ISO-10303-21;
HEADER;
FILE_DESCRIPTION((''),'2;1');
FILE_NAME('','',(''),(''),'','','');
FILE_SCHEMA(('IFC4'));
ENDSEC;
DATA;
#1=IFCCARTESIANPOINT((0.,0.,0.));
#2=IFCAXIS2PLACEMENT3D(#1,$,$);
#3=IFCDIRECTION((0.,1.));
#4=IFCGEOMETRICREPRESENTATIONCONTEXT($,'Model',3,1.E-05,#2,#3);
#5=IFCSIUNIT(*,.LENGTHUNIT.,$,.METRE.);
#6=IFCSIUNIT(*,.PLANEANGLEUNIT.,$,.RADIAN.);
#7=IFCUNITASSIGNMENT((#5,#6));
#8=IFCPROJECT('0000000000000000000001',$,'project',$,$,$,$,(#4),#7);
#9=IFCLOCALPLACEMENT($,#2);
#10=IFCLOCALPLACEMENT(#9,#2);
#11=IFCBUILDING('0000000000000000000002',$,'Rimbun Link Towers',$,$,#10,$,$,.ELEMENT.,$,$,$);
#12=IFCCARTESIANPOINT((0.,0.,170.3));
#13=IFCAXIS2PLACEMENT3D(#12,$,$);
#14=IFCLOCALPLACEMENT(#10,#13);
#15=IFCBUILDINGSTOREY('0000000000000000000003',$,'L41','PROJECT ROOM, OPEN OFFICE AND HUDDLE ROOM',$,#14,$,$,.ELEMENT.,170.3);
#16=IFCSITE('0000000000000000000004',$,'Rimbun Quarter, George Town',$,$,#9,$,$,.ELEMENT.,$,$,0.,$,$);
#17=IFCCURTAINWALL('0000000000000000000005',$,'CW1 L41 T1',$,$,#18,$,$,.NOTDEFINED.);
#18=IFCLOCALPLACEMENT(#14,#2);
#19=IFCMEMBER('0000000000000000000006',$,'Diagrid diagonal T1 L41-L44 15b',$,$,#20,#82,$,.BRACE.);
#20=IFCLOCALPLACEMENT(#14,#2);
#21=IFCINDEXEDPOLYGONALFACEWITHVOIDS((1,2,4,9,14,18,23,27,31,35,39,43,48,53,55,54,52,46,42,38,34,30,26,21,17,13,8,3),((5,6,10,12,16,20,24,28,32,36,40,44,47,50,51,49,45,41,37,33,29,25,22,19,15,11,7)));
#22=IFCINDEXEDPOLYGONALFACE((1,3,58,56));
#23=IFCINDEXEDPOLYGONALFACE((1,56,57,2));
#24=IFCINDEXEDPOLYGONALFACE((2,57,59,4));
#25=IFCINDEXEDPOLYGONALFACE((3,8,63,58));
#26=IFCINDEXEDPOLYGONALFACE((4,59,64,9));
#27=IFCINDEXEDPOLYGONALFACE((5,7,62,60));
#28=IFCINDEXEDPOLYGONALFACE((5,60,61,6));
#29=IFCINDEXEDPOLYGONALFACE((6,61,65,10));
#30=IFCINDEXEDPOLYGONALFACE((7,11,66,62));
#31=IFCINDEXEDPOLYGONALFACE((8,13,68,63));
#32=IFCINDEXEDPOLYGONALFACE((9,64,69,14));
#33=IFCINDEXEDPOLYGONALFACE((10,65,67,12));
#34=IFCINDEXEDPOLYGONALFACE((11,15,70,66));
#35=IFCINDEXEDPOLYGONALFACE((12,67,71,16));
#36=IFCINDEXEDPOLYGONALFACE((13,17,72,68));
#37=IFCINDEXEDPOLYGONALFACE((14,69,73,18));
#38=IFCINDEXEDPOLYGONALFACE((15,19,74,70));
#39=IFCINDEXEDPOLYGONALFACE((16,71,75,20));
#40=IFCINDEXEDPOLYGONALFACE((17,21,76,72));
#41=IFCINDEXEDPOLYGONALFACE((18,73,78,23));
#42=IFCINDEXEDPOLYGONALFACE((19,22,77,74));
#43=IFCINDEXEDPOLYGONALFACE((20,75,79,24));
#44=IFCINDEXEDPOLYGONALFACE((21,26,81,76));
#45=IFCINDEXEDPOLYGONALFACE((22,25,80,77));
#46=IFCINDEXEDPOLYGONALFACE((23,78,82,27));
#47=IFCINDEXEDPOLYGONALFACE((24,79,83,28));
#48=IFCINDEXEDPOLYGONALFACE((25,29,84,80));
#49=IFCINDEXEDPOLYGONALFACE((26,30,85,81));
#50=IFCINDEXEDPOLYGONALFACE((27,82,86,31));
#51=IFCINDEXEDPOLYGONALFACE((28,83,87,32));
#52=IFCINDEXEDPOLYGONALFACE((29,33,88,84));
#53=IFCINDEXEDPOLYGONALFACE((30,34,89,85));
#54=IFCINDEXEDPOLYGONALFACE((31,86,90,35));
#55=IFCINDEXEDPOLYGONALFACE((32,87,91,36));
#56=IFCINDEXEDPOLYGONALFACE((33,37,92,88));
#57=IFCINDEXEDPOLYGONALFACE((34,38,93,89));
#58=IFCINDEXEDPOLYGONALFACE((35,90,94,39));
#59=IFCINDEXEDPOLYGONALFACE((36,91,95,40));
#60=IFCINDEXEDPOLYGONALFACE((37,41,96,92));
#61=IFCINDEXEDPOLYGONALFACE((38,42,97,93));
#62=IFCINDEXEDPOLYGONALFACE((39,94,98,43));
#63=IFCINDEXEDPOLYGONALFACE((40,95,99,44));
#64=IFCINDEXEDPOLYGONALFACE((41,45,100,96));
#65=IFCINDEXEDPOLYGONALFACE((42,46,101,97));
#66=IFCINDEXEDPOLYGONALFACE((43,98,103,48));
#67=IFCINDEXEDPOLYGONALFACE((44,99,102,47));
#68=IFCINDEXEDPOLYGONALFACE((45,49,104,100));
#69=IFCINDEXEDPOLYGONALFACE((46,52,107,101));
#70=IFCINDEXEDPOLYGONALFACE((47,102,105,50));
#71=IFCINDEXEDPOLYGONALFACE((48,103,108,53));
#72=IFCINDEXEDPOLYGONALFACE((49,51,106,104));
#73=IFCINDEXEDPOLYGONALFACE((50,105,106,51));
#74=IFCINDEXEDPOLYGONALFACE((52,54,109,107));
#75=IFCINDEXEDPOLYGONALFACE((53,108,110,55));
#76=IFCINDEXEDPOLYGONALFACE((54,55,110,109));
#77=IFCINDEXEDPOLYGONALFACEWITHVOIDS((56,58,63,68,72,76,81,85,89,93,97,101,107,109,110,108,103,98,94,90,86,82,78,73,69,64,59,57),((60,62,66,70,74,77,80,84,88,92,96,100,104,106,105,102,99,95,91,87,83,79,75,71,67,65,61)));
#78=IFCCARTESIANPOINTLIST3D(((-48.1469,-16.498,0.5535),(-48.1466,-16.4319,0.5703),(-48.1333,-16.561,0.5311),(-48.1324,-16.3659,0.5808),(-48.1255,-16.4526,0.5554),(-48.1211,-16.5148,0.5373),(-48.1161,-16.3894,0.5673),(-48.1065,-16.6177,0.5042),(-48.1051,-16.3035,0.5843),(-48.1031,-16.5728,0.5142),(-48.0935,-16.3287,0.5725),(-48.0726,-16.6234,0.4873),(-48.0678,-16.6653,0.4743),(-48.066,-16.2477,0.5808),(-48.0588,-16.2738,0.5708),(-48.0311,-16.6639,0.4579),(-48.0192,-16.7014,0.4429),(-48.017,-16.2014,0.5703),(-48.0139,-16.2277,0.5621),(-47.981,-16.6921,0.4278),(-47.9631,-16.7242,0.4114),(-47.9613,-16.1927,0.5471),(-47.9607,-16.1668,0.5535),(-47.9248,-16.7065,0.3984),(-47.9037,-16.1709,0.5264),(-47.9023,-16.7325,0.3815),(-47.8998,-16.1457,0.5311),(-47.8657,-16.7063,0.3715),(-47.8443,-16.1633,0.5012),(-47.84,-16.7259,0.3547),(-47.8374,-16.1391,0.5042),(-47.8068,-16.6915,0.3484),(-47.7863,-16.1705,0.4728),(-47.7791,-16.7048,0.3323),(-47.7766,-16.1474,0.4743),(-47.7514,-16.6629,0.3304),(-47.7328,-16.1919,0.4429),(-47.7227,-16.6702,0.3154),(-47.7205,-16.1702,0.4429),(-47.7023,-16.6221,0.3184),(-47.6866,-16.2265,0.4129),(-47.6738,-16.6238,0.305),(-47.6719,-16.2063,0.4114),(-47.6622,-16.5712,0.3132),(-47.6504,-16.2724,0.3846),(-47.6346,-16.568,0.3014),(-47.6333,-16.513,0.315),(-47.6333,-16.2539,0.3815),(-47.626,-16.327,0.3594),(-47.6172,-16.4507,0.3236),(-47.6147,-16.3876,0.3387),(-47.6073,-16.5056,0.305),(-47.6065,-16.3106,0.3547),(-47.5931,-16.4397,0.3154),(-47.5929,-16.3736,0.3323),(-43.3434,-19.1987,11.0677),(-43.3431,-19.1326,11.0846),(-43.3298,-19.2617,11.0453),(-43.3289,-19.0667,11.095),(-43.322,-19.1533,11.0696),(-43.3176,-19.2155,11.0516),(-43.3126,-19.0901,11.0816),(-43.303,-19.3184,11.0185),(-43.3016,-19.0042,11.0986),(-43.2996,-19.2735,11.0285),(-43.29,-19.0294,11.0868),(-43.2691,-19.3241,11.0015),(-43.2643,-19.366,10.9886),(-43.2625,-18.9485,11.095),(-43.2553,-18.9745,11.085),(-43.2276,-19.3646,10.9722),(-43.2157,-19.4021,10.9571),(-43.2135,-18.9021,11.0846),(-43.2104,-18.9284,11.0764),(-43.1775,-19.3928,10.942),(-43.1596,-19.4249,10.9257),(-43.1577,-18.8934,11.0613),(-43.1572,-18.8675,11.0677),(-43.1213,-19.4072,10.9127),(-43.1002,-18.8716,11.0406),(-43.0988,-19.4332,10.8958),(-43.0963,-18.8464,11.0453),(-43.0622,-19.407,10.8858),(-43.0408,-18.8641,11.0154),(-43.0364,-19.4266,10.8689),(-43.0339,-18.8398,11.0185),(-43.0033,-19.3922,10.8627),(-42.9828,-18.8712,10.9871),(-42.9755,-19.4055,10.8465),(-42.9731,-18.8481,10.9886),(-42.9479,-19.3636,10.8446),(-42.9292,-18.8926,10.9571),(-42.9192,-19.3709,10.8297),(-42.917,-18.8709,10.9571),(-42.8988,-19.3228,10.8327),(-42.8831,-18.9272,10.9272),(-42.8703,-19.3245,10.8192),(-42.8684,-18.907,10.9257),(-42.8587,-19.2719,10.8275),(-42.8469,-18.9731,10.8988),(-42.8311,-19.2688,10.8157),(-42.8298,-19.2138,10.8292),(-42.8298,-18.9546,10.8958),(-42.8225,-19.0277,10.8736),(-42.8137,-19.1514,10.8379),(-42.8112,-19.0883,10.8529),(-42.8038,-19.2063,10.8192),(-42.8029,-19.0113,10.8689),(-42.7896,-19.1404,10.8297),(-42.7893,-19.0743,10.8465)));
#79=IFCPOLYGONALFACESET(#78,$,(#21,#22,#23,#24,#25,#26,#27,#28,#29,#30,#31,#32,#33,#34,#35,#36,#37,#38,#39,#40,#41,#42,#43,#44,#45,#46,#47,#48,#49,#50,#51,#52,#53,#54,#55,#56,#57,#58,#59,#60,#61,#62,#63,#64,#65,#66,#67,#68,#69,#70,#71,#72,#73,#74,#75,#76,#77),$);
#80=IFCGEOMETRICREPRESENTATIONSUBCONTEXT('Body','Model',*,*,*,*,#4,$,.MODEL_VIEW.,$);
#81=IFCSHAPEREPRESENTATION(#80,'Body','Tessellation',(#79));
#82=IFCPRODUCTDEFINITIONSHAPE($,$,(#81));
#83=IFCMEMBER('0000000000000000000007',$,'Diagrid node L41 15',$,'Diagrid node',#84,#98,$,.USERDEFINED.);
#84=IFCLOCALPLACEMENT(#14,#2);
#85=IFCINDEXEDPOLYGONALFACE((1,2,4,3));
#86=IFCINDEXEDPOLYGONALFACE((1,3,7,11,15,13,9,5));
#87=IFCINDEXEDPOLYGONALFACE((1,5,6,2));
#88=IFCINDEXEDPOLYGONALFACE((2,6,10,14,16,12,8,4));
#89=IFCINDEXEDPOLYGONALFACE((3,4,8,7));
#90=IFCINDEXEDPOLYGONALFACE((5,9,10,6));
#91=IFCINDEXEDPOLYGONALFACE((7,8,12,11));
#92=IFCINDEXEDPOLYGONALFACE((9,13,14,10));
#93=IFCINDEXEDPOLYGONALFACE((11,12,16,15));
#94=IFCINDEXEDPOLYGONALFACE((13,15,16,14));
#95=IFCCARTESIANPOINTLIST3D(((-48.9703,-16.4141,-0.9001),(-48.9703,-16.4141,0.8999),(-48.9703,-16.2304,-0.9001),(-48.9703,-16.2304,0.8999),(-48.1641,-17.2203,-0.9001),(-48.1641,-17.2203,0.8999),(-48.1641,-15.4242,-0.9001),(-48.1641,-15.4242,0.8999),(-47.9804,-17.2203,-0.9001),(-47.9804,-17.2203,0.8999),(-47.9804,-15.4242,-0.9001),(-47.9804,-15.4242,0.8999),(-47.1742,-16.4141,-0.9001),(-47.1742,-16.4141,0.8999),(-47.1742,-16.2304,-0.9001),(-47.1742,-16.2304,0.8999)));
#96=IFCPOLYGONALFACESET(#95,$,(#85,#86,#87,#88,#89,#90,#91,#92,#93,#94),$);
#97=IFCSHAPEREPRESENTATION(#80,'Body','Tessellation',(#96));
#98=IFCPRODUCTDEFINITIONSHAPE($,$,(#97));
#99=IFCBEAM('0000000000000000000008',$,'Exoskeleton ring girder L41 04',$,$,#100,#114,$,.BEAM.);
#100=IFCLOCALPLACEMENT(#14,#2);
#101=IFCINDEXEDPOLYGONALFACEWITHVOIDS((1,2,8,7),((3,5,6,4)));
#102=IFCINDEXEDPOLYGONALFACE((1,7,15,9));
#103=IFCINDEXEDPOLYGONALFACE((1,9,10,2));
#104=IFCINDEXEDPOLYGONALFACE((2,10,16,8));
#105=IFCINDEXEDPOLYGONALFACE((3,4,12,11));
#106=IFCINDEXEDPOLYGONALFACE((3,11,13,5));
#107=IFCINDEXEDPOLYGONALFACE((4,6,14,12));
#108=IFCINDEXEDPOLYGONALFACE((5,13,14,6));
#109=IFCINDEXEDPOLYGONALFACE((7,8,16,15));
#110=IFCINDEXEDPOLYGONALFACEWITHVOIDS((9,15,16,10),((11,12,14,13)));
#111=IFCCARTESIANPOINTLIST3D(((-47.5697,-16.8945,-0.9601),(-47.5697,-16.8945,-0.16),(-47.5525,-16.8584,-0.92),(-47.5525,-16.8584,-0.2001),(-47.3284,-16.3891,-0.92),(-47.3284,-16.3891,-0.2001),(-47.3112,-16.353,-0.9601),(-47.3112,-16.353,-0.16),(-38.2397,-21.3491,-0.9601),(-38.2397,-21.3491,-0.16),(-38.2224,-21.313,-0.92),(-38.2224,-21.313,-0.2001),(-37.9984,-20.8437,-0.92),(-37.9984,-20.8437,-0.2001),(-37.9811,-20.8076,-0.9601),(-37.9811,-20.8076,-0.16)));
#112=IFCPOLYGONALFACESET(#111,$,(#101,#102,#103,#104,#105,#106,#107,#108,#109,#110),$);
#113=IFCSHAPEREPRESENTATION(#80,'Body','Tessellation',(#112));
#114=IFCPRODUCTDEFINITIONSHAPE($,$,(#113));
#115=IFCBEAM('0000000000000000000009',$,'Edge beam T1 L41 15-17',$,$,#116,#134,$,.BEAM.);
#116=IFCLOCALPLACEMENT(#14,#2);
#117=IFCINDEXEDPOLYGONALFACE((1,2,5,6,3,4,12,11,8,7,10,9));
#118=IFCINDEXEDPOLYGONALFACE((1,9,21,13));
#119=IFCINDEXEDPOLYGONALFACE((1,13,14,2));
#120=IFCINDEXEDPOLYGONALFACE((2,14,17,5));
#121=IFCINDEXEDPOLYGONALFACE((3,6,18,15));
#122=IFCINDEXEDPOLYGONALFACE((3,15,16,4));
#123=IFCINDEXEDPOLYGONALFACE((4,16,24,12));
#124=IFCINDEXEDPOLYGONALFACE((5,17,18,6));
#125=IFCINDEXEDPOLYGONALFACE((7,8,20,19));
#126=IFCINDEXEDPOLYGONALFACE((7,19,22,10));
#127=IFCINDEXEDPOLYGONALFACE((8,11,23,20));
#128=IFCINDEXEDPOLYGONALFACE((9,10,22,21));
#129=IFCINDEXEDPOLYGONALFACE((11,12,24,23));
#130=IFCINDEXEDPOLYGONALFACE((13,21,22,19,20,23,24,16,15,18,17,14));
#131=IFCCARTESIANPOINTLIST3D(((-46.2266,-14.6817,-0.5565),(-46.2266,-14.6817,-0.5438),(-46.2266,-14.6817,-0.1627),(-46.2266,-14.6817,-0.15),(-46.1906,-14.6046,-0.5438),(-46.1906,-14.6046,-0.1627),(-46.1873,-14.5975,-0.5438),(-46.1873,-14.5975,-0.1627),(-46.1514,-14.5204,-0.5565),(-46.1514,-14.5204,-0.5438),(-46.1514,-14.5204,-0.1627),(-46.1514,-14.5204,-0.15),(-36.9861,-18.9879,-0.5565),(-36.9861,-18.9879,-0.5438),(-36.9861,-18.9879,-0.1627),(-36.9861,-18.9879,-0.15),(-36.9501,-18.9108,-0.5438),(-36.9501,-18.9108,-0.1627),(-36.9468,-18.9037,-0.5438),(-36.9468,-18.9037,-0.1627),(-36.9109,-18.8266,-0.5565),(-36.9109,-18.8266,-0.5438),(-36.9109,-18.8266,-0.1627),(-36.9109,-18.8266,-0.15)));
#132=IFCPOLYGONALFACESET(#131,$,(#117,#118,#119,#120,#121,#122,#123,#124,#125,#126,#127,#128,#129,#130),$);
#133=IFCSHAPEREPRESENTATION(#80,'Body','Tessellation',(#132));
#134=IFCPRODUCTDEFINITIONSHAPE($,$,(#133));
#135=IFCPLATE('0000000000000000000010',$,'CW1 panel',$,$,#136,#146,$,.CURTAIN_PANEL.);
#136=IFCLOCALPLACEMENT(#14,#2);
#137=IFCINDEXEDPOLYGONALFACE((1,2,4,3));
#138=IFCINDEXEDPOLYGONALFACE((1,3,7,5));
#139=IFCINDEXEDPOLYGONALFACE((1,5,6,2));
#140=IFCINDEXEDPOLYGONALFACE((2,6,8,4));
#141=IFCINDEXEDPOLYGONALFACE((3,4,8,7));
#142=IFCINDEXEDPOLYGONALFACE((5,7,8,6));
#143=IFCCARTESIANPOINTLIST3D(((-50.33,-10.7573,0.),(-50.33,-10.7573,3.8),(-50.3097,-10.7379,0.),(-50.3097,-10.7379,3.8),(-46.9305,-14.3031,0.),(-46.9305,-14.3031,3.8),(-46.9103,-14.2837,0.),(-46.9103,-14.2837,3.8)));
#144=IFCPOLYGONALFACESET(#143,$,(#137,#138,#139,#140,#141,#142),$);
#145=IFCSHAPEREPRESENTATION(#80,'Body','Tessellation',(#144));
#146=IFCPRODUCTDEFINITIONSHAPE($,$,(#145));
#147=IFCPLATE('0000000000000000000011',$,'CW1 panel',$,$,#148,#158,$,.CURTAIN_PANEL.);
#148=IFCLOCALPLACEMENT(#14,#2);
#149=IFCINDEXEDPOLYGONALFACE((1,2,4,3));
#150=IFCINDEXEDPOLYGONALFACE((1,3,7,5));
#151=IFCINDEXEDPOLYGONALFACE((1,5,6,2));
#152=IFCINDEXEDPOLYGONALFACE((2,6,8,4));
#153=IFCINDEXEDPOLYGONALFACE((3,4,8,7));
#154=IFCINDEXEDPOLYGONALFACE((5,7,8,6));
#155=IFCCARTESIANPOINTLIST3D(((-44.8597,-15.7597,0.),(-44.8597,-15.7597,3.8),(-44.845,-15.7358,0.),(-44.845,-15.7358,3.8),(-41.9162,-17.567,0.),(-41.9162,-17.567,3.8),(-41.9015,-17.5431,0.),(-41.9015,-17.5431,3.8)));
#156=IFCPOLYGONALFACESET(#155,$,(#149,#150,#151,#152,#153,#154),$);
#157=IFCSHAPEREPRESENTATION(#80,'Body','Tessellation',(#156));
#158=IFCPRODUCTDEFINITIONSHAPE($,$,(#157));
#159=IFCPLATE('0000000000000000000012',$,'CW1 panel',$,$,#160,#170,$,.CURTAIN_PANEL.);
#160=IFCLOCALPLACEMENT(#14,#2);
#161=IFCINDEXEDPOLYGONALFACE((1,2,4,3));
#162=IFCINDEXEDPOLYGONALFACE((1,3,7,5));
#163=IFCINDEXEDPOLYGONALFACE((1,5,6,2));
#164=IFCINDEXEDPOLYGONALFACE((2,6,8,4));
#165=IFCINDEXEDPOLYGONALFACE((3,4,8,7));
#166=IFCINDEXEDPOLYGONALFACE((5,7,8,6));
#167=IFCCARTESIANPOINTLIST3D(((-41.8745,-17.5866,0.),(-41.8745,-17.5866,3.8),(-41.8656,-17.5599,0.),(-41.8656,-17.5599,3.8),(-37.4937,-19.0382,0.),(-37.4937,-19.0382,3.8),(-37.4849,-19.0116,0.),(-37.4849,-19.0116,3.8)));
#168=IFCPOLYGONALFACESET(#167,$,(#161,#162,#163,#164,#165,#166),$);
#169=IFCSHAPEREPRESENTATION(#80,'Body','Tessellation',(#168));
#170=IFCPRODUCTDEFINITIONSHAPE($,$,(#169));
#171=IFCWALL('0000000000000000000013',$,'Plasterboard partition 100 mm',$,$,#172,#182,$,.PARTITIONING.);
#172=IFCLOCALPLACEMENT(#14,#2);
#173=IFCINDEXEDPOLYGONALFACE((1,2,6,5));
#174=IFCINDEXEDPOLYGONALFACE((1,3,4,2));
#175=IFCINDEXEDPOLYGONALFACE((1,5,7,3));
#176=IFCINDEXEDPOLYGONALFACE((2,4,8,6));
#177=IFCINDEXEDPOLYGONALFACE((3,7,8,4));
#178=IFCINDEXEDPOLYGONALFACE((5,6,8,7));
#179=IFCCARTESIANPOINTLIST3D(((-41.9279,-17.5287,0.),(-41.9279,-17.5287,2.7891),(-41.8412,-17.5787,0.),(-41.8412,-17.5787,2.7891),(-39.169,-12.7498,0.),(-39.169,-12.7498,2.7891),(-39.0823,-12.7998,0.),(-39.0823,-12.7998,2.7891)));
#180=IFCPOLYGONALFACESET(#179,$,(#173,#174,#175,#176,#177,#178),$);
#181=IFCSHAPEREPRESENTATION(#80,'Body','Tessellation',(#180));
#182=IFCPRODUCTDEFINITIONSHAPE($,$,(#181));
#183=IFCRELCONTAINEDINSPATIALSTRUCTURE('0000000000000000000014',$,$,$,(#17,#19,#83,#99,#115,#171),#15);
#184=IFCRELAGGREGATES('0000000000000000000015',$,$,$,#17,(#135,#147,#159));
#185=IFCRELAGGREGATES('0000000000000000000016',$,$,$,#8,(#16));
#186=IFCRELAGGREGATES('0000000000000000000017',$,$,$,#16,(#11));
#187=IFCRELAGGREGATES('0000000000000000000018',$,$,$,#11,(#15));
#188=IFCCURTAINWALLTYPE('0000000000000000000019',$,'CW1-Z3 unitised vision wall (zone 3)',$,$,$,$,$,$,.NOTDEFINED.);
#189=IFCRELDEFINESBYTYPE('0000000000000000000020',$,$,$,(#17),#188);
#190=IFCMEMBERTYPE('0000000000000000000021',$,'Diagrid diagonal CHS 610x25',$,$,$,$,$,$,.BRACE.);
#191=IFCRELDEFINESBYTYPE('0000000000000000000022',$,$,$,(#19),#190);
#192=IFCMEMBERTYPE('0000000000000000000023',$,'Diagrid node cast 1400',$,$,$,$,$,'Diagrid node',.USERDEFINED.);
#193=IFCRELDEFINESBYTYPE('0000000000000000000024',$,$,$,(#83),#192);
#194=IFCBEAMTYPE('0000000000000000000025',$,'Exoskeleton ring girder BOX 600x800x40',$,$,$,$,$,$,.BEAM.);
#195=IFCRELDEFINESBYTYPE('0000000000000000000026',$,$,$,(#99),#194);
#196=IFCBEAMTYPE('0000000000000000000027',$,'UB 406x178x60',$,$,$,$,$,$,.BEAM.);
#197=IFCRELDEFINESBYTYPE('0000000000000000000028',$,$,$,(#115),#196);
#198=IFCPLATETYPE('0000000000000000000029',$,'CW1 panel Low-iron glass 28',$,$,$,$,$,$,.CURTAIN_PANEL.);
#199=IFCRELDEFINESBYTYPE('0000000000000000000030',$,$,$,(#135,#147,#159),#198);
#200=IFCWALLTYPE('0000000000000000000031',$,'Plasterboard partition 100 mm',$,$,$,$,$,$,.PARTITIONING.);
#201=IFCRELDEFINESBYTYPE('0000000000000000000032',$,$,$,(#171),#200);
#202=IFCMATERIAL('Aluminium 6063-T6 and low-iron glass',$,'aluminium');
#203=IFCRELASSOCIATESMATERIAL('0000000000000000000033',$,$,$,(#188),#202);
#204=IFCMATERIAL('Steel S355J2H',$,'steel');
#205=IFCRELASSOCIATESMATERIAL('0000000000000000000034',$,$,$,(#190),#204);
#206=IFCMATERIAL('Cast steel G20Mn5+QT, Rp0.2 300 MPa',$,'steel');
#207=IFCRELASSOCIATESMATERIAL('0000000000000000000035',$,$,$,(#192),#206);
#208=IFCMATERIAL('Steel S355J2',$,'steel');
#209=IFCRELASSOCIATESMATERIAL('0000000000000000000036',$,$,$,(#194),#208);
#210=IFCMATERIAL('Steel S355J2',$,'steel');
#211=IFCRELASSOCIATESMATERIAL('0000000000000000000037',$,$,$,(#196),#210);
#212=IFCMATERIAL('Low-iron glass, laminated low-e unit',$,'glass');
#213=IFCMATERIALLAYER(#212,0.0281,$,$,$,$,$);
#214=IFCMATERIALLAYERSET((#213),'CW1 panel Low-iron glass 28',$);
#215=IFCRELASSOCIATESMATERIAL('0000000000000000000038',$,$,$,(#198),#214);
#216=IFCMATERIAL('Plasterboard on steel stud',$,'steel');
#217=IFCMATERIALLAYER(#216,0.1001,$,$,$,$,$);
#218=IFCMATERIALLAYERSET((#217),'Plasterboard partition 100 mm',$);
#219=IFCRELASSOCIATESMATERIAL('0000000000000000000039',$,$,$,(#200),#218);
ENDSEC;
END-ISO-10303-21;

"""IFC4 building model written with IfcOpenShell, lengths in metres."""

from ifc_helpers import new_model, si_unit, direction, frame, frame_2d, origin, origin_2d, place, context, subcontext, project, spatial, polyline, rectangle, hollow_rectangle, hollow_circle, i_section, outline, extrude, material, layer, layer_set, material_profile, profile_set, type_object, element, aggregate, save


model = new_model("IFC4")

# Units and contexts
model_context = context("Model", 3, precision=1e-05, world=origin(), true_north=direction((0.0, 1.0)))
body_context = subcontext(model_context, "Body", "Model", "MODEL_VIEW")
ifc_project = project(units=[si_unit("LENGTHUNIT", "METRE"), si_unit("PLANEANGLEUNIT", "RADIAN")], contexts=[model_context])

# Site, building, storey
site_placement = place(None, origin())
site = spatial("IfcSite", under=ifc_project, at=site_placement, Name="Rimbun Quarter, George Town", CompositionType="ELEMENT", RefElevation=0.0)
building_placement = place(site_placement, origin())
building = spatial("IfcBuilding", under=site, at=building_placement, Name="Rimbun Link Towers", CompositionType="ELEMENT")
storey_placement = place(building_placement, frame((0.0, 0.0, 170.3)))
storey = spatial("IfcBuildingStorey", under=building, at=storey_placement, Name="L41", Description="PROJECT ROOM, OPEN OFFICE AND HUDDLE ROOM", CompositionType="ELEMENT", Elevation=170.3)

# Curtain wall
ifc_material_1 = material(Name="Aluminium 6063-T6 and low-iron glass", Category="aluminium")
curtain_wall_type = type_object("IfcCurtainWallType", Name="CW1-Z3 unitised vision wall (zone 3)", PredefinedType="NOTDEFINED", material=ifc_material_1)
curtain_wall_placement = place(storey_placement, origin())
curtain_wall = element("IfcCurtainWall", 1, at=curtain_wall_placement, inside=storey, type_object=curtain_wall_type, Name="CW1 L41 T1", PredefinedType="NOTDEFINED")

# Members
ifc_material_2 = material(Name="Steel S355J2H", Category="steel")
ifc_material_profile_1 = material_profile(ifc_material_2, hollow_circle(Radius=0.3047, WallThickness=0.0249, at=origin_2d()), Name="Diagrid diagonal CHS 610x25")
ifc_profile_set_1 = profile_set([ifc_material_profile_1], Name="Steel S355J2H")
member_type_1 = type_object("IfcMemberType", Name="Diagrid diagonal CHS 610x25", PredefinedType="BRACE", material=ifc_profile_set_1)
member_1_placement = place(storey_placement, frame((-47.8699, -16.4358, 0.4429), z_axis=(0.404648, -0.227508, 0.88572), x_axis=(0.490087, 0.871674, 0.0)))
element("IfcMember", 2, at=member_1_placement, inside=storey, type_object=member_type_1, Name="Diagrid diagonal T1 L41-L44 15b", PredefinedType="BRACE", context=body_context, shape_type="SweptSolid", body=[
    extrude(hollow_circle(Radius=0.3047, WallThickness=0.0249, at=origin_2d()), origin(), (0.0, 0.0, 1.0), 11.8708),
])
ifc_material_3 = material(Name="Cast steel G20Mn5+QT, Rp0.2 300 MPa", Category="steel")
ifc_material_profile_2 = material_profile(ifc_material_3, outline(polyline([(0.7, -0.5701), (0.7, 0.5701), (0.5701, 0.7), (-0.5701, 0.7), (-0.7, 0.5701), (-0.7, -0.5701), (-0.5701, -0.7), (0.5701, -0.7), (0.7, -0.5701)])), Name="NODE 1400x1400")
ifc_profile_set_2 = profile_set([ifc_material_profile_2], Name="Cast steel G20Mn5+QT, Rp0.2 300 MPa")
member_type_2 = type_object("IfcMemberType", Name="Diagrid node cast 1400", ElementType="Diagrid node", PredefinedType="USERDEFINED", material=ifc_profile_set_2)
member_2_placement = place(storey_placement, frame((-48.0723, -16.3223, -0.9001), z_axis=(0.0, 0.0, 1.0), x_axis=(-0.707107, -0.707107, 0.0)))
element("IfcMember", 3, at=member_2_placement, inside=storey, type_object=member_type_2, Name="Diagrid node L41 15", ObjectType="Diagrid node", PredefinedType="USERDEFINED", context=body_context, shape_type="SweptSolid", body=[
    extrude(outline(polyline([(0.7, -0.5701), (0.7, 0.5701), (0.5701, 0.7), (-0.5701, 0.7), (-0.7, 0.5701), (-0.7, -0.5701), (-0.5701, -0.7), (0.5701, -0.7), (0.7, -0.5701)])), origin(), (0.0, 0.0, 1.0), 1.8),
])

# Beams
ifc_material_4 = material(Name="Steel S355J2", Category="steel")
ifc_material_profile_3 = material_profile(ifc_material_4, hollow_rectangle(XDim=0.6001, YDim=0.8, WallThickness=0.04, at=origin_2d()), Name="Exoskeleton ring girder BOX 600x800x40")
ifc_profile_set_3 = profile_set([ifc_material_profile_3], Name="Steel S355J2")
beam_type_1 = type_object("IfcBeamType", Name="Exoskeleton ring girder BOX 600x800x40", PredefinedType="BEAM", material=ifc_profile_set_3)
beam_1_placement = place(storey_placement, frame((-47.4404, -16.6238, -0.5601), z_axis=(0.902421, -0.430855, 0.0), x_axis=(0.430855, 0.902421, 0.0)))
element("IfcBeam", 4, at=beam_1_placement, inside=storey, type_object=beam_type_1, Name="Exoskeleton ring girder L41 04", PredefinedType="BEAM", context=body_context, shape_type="SweptSolid", body=[
    extrude(hollow_rectangle(XDim=0.6001, YDim=0.8, WallThickness=0.04, at=origin_2d()), origin(), (0.0, 0.0, 1.0), 10.3389),
])
ifc_material_5 = material(Name="Steel S355J2", Category="steel")
ifc_material_profile_4 = material_profile(ifc_material_5, i_section(OverallWidth=0.178, OverallDepth=0.4065, WebThickness=0.0078, FlangeThickness=0.0127, at=origin_2d()), Name="UB 406x178x60")
ifc_profile_set_4 = profile_set([ifc_material_profile_4], Name="Steel S355J2")
beam_type_2 = type_object("IfcBeamType", Name="UB 406x178x60", PredefinedType="BEAM", material=ifc_profile_set_4)
beam_2_placement = place(storey_placement, frame((-46.189, -14.6011, -0.3533), z_axis=(0.906411, -0.422396, 0.0), x_axis=(0.422396, 0.906411, 0.0)))
element("IfcBeam", 5, at=beam_2_placement, inside=storey, type_object=beam_type_2, Name="Edge beam T1 L41 15-17", PredefinedType="BEAM", context=body_context, shape_type="SweptSolid", body=[
    extrude(i_section(OverallWidth=0.178, OverallDepth=0.4065, WebThickness=0.0078, FlangeThickness=0.0127, at=origin_2d()), origin(), (0.0, 0.0, 1.0), 10.1946),
])

# Plates
ifc_material_6 = material(Name="Low-iron glass, laminated low-e unit", Category="glass")
ifc_layer_1 = layer(ifc_material_6, 0.0281)
ifc_layer_set_1 = layer_set([ifc_layer_1], Name="CW1 panel Low-iron glass 28")
plate_type = type_object("IfcPlateType", Name="CW1 panel Low-iron glass 28", PredefinedType="CURTAIN_PANEL", material=ifc_layer_set_1)
plate_1_placement = place(storey_placement, frame((-48.6201, -12.5205, 0.0), z_axis=(0.0, 0.0, 1.0), x_axis=(-0.692045, 0.721854, 0.0)))
plate_1 = element("IfcPlate", 6, at=plate_1_placement, type_object=plate_type, Name="CW1 panel", PredefinedType="CURTAIN_PANEL", context=body_context, shape_type="SweptSolid", body=[
    extrude(rectangle(XDim=4.9121, YDim=0.0281, at=origin_2d()), origin(), (0.0, 0.0, 1.0), 3.8),
])
plate_2_placement = place(storey_placement, frame((-43.3806, -16.6514, 0.0), z_axis=(0.0, 0.0, 1.0), x_axis=(-0.852191, 0.523231, 0.0)))
plate_2 = element("IfcPlate", 7, at=plate_2_placement, type_object=plate_type, Name="CW1 panel", PredefinedType="CURTAIN_PANEL", context=body_context, shape_type="SweptSolid", body=[
    extrude(rectangle(XDim=3.4541, YDim=0.0281, at=origin_2d()), origin(), (0.0, 0.0, 1.0), 3.8),
])
plate_3_placement = place(storey_placement, frame((-39.6797, -18.2991, 0.0), z_axis=(0.0, 0.0, 1.0), x_axis=(-0.949237, 0.31456, 0.0)))
plate_3 = element("IfcPlate", 8, at=plate_3_placement, type_object=plate_type, Name="CW1 panel", PredefinedType="CURTAIN_PANEL", context=body_context, shape_type="SweptSolid", body=[
    extrude(rectangle(XDim=4.615, YDim=0.0281, at=origin_2d()), origin(), (0.0, 0.0, 1.0), 3.8),
])
aggregate(curtain_wall, [plate_1, plate_2, plate_3])

# Wall
ifc_material_7 = material(Name="Plasterboard on steel stud", Category="steel")
ifc_layer_2 = layer(ifc_material_7, 0.1001)
ifc_layer_set_2 = layer_set([ifc_layer_2], Name="Plasterboard partition 100 mm")
wall_type = type_object("IfcWallType", Name="Plasterboard partition 100 mm", PredefinedType="PARTITIONING", material=ifc_layer_set_2)
wall_placement = place(storey_placement, frame((-41.8845, -17.5537, 0.0), z_axis=(0.0, 0.0, 1.0), x_axis=(0.499965, 0.866046, 0.0)))
element("IfcWall", 9, at=wall_placement, inside=storey, type_object=wall_type, Name="Plasterboard partition 100 mm", PredefinedType="PARTITIONING", context=body_context, shape_type="SweptSolid", body=[
    extrude(rectangle(XDim=5.5181, YDim=0.1001, at=frame_2d((2.759, 0.0))), origin(), (0.0, 0.0, 1.0), 2.7891),
])

save(model, "model.ifc")
